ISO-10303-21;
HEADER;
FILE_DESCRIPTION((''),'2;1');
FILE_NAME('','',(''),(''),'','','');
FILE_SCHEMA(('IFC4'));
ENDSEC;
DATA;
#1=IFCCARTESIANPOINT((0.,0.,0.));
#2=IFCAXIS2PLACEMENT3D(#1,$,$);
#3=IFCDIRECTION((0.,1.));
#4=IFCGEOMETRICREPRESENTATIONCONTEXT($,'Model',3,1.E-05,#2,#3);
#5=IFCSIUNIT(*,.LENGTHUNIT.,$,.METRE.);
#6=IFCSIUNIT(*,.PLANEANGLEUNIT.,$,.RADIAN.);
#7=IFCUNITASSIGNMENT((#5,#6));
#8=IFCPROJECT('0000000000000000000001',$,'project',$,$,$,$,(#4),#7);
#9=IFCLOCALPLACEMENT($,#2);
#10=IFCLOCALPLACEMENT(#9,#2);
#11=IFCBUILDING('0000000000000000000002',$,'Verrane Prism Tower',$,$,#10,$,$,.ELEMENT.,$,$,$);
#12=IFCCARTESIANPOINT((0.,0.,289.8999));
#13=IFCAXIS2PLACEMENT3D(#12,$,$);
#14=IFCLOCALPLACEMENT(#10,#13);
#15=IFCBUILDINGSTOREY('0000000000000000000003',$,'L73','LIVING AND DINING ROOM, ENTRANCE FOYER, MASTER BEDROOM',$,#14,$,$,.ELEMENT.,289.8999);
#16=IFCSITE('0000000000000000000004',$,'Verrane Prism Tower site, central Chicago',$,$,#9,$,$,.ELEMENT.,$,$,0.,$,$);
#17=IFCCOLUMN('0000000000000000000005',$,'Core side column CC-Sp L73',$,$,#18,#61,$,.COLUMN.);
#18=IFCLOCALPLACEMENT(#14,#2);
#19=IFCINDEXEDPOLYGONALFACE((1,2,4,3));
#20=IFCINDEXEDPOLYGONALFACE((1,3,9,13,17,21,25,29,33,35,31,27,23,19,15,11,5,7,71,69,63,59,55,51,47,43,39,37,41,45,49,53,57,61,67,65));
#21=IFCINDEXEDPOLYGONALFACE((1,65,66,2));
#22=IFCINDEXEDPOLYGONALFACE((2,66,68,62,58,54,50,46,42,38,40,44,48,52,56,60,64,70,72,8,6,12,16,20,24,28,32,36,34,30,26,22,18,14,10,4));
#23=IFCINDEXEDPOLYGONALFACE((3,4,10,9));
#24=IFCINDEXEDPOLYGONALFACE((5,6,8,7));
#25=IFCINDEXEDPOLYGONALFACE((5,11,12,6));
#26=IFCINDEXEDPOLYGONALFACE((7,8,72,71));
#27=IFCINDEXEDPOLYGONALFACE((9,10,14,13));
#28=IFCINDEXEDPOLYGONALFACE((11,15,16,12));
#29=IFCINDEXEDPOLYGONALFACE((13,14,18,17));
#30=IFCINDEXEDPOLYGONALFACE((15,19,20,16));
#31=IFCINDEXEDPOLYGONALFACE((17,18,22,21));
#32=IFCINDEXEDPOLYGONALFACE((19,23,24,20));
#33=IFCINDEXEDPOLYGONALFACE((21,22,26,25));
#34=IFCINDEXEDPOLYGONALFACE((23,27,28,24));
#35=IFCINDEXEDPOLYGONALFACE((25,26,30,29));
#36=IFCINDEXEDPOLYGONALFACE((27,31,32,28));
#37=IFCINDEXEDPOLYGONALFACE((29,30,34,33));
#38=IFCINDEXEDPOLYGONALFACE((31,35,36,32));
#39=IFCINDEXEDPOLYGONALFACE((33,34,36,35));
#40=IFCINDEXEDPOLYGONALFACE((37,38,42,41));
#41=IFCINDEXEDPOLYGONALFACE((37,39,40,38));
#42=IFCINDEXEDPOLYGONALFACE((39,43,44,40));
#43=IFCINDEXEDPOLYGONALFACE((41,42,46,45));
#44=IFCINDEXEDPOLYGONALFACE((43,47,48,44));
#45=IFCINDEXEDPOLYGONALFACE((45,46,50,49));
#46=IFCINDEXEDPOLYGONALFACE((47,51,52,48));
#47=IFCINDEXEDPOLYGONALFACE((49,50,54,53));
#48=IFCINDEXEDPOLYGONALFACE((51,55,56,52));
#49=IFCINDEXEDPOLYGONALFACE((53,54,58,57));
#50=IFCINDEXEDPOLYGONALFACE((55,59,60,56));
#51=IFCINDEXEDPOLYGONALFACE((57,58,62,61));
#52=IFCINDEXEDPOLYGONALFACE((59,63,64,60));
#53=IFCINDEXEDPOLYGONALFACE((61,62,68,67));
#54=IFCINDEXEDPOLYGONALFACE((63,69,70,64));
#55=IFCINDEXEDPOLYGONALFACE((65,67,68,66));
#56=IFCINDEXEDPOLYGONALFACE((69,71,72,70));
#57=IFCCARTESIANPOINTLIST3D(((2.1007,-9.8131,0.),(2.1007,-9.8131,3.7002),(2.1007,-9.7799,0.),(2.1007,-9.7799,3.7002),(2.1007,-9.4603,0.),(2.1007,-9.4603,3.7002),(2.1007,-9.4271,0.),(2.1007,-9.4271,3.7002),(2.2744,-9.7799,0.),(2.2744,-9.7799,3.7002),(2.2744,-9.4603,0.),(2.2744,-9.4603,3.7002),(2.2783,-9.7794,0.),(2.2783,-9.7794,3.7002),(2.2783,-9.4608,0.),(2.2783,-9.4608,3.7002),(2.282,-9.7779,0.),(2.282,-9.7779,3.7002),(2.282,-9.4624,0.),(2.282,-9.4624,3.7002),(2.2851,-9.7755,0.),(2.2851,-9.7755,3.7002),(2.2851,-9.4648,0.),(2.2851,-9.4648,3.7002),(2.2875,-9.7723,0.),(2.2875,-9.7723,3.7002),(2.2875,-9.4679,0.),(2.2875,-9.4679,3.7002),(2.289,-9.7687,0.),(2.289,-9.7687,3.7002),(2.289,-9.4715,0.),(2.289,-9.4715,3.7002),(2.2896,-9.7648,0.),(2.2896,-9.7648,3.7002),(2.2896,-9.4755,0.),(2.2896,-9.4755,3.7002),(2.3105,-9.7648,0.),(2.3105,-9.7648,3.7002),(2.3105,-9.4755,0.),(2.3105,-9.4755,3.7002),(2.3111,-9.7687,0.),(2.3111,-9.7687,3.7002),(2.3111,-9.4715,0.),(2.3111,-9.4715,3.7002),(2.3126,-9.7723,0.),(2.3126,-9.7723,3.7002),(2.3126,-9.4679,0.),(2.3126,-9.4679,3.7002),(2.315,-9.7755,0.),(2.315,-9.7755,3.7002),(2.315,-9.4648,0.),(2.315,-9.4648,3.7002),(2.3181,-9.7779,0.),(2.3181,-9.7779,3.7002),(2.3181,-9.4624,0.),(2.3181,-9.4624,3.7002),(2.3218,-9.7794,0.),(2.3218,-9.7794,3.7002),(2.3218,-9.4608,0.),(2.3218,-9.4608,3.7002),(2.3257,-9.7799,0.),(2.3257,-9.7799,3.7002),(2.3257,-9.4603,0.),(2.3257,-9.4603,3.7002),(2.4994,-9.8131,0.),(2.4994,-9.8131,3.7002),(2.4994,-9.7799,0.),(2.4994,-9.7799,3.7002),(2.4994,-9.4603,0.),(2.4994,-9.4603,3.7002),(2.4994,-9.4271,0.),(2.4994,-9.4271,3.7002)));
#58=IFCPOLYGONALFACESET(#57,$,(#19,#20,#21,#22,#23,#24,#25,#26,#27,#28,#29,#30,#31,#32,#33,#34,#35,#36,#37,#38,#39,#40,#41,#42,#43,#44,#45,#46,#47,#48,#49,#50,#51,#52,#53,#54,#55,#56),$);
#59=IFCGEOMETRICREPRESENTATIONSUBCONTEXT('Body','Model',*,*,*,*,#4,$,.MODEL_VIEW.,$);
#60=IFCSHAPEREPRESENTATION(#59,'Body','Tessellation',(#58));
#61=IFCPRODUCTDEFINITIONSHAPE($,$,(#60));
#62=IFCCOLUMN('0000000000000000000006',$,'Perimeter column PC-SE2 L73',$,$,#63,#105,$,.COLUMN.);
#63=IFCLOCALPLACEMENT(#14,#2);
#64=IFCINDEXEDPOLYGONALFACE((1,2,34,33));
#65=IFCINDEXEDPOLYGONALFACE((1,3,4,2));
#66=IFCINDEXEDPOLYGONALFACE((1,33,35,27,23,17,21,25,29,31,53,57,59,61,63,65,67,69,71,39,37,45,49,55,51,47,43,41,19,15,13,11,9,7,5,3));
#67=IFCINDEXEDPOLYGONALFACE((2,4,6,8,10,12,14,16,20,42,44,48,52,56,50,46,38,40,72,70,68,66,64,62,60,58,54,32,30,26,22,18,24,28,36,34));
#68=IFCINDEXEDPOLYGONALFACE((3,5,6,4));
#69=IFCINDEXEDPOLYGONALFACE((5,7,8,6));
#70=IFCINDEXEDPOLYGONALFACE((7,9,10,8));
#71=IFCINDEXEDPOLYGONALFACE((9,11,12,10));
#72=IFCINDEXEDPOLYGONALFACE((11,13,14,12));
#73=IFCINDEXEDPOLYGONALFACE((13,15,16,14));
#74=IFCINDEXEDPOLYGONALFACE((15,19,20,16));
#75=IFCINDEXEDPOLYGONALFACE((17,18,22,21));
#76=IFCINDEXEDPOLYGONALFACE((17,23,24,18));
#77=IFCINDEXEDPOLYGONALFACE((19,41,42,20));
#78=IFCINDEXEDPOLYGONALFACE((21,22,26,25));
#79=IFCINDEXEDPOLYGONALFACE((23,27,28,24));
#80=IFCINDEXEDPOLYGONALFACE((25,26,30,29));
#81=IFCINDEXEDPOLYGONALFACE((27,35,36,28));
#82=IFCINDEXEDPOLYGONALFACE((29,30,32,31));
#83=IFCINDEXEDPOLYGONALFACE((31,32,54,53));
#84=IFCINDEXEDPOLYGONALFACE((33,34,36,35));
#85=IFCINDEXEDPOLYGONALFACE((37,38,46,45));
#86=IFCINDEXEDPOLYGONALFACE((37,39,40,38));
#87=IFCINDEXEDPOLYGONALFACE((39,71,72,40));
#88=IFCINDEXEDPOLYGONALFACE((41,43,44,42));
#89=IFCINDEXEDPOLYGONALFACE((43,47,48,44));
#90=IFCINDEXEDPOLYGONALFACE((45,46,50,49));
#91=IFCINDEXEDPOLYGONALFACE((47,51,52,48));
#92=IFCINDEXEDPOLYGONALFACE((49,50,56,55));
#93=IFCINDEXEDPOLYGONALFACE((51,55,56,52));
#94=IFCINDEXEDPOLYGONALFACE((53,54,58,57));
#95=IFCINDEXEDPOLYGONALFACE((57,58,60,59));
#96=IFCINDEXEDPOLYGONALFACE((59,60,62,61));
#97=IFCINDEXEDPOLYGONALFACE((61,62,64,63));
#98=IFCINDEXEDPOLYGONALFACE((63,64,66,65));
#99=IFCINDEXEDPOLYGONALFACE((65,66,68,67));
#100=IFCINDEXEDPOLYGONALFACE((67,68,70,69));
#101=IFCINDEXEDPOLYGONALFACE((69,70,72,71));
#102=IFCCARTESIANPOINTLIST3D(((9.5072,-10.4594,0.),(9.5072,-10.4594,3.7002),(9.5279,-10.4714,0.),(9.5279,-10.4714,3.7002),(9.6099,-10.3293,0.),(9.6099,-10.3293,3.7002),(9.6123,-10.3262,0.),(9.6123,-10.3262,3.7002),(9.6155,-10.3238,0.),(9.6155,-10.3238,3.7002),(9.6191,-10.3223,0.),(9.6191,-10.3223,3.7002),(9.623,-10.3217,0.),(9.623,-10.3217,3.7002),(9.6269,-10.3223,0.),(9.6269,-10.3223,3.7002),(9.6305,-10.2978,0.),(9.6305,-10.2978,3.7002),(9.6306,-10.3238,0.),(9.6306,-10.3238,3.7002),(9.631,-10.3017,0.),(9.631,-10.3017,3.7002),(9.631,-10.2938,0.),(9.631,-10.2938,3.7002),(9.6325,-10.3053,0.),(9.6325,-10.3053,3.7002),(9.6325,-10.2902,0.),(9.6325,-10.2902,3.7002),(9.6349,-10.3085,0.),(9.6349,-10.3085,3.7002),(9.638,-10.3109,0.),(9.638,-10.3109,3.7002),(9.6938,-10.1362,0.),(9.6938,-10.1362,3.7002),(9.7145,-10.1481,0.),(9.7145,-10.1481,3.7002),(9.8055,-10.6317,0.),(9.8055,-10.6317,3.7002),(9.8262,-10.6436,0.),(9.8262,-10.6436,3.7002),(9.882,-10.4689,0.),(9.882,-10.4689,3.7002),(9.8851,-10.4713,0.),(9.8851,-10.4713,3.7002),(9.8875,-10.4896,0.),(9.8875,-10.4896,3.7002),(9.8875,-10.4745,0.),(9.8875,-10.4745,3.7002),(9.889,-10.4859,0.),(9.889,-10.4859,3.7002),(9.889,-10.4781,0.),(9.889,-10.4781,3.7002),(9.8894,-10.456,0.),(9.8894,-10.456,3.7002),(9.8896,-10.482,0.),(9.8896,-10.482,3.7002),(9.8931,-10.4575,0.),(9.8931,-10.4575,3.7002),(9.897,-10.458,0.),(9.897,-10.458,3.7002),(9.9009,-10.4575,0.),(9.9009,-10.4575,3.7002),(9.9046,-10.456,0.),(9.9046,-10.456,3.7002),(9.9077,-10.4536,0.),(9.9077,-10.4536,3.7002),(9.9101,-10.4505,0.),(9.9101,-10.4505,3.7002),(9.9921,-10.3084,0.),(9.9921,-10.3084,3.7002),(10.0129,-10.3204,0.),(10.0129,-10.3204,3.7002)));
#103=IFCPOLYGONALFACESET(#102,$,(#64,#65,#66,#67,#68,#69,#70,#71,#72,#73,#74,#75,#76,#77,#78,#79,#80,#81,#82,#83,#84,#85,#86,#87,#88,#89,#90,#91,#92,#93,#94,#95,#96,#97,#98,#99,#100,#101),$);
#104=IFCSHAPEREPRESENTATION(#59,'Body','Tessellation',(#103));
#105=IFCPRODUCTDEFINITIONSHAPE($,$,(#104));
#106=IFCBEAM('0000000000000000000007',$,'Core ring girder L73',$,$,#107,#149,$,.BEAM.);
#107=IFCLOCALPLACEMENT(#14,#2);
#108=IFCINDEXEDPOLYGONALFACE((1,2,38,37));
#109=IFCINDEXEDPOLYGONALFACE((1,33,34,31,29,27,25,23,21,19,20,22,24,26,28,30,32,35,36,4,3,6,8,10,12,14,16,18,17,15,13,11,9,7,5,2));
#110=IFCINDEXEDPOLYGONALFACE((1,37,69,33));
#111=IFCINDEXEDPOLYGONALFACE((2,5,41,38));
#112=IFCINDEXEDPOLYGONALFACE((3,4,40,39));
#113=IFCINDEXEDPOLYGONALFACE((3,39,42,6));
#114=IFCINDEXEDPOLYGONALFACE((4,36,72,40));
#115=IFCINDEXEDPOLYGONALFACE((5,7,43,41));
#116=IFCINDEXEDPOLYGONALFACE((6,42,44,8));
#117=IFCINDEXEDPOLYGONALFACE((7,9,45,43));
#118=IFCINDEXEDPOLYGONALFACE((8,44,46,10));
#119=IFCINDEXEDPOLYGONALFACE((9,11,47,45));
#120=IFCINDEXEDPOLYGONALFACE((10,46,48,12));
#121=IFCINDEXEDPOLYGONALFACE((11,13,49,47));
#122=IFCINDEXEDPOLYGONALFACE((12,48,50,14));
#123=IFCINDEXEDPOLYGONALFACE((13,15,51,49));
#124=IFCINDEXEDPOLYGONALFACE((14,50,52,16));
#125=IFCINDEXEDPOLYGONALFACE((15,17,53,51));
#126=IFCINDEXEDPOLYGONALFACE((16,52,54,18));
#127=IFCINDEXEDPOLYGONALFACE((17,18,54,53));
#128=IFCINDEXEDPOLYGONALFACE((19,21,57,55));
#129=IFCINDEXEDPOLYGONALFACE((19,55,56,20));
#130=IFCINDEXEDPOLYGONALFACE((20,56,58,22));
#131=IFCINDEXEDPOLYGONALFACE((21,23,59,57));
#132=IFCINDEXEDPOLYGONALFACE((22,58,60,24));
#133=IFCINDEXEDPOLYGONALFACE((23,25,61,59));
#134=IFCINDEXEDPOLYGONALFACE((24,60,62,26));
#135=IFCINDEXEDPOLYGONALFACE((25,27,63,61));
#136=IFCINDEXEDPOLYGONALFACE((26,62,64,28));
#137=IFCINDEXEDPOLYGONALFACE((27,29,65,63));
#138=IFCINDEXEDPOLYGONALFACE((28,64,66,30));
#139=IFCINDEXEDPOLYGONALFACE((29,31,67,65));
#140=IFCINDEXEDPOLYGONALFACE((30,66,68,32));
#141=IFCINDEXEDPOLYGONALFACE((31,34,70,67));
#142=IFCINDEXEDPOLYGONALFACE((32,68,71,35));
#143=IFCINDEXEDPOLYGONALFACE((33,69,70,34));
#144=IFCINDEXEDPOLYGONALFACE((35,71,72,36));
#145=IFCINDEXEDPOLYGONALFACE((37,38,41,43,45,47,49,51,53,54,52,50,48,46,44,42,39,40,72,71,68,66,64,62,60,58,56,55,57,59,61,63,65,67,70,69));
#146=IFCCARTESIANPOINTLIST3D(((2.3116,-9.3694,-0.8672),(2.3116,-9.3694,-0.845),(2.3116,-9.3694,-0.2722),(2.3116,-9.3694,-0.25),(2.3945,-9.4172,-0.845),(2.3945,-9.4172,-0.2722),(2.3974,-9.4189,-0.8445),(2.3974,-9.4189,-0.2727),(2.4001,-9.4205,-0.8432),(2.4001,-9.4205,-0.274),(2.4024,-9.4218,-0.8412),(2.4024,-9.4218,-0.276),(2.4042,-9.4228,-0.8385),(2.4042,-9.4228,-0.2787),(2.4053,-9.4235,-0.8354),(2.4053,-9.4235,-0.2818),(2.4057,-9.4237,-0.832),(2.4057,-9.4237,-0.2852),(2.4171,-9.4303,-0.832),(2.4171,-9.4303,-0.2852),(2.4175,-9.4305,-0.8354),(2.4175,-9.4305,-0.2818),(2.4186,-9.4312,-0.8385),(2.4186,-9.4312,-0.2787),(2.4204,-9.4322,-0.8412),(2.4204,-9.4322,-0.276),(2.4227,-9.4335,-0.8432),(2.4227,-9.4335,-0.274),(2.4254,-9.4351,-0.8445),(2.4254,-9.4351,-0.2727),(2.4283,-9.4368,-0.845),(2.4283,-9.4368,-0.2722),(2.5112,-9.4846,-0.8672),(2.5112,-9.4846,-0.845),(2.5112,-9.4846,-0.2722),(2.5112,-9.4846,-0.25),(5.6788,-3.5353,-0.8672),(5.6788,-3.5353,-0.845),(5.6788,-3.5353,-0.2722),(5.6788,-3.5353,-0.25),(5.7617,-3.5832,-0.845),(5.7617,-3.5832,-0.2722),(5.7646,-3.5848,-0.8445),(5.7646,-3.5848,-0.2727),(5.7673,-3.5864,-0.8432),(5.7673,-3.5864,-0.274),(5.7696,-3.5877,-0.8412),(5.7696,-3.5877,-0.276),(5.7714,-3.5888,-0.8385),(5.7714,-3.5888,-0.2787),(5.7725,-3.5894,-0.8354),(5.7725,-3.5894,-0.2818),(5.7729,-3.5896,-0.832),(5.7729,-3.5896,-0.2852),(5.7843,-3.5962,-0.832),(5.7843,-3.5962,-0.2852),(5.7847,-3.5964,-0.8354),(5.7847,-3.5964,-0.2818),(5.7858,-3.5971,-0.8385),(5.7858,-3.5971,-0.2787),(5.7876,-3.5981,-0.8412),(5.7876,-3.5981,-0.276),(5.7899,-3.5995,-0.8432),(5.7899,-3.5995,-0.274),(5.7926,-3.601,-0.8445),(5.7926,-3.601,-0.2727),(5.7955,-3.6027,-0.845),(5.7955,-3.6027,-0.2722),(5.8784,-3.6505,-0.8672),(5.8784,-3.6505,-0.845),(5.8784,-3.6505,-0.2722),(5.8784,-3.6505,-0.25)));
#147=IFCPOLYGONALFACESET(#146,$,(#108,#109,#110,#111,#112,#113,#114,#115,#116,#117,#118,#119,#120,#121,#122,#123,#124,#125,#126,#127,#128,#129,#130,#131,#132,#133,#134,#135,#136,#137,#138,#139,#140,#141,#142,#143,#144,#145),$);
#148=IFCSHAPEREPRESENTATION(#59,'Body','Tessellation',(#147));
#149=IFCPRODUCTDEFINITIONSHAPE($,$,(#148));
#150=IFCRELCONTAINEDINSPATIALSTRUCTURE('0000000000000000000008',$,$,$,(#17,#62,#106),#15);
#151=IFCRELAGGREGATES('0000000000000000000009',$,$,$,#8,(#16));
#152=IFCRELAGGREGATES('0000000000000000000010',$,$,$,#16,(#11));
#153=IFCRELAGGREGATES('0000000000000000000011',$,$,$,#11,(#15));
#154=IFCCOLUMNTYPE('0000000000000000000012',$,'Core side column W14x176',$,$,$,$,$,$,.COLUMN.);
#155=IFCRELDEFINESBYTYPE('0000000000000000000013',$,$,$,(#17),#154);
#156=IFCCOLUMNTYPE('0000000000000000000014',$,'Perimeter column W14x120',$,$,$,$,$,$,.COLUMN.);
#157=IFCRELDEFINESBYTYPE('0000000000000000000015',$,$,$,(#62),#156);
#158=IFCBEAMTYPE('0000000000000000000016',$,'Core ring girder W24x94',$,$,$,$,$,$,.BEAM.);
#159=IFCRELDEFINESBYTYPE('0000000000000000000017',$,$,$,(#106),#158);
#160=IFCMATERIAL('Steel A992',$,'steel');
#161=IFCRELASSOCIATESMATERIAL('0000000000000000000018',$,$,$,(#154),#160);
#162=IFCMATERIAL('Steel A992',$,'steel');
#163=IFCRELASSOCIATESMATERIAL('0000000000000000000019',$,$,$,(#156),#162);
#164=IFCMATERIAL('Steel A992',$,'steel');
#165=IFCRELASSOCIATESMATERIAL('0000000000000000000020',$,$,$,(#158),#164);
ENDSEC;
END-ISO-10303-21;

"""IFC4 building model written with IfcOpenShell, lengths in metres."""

from ifc_helpers import new_model, si_unit, direction, frame, origin, origin_2d, place, context, subcontext, project, spatial, i_section, extrude, material, material_profile, profile_set, type_object, element, save


model = new_model("IFC4")

# Units and contexts
model_context = context("Model", 3, precision=1e-05, world=origin(), true_north=direction((0.0, 1.0)))
body_context = subcontext(model_context, "Body", "Model", "MODEL_VIEW")
ifc_project = project(units=[si_unit("LENGTHUNIT", "METRE"), si_unit("PLANEANGLEUNIT", "RADIAN")], contexts=[model_context])

# Site, building, storey
site_placement = place(None, origin())
site = spatial("IfcSite", under=ifc_project, at=site_placement, Name="Verrane Prism Tower site, central Chicago", CompositionType="ELEMENT", RefElevation=0.0)
building_placement = place(site_placement, origin())
building = spatial("IfcBuilding", under=site, at=building_placement, Name="Verrane Prism Tower", CompositionType="ELEMENT")
storey_placement = place(building_placement, frame((0.0, 0.0, 289.8999)))
storey = spatial("IfcBuildingStorey", under=building, at=storey_placement, Name="L73", Description="LIVING AND DINING ROOM, ENTRANCE FOYER, MASTER BEDROOM", CompositionType="ELEMENT", Elevation=289.8999)

# Columns
ifc_material_1 = material(Name="Steel A992", Category="steel")
ifc_material_profile_1 = material_profile(ifc_material_1, i_section(OverallWidth=0.3987, OverallDepth=0.386, WebThickness=0.021, FlangeThickness=0.0332, FilletRadius=0.0151, at=origin_2d()), Name="W14x176")
ifc_profile_set_1 = profile_set([ifc_material_profile_1], Name="Steel A992")
column_type_1 = type_object("IfcColumnType", Name="Core side column W14x176", PredefinedType="COLUMN", material=ifc_profile_set_1)
column_1_placement = place(storey_placement, frame((2.3, -9.6201, 0.0), z_axis=(0.0, 0.0, 1.0), x_axis=(1.0, 0.0, 0.0)))
element("IfcColumn", 1, at=column_1_placement, inside=storey, type_object=column_type_1, Name="Core side column CC-Sp L73", PredefinedType="COLUMN", context=body_context, shape_type="SweptSolid", body=[
    extrude(i_section(OverallWidth=0.3987, OverallDepth=0.386, WebThickness=0.021, FlangeThickness=0.0332, FilletRadius=0.0151, at=origin_2d()), origin(), (0.0, 0.0, 1.0), 3.7002),
])
ifc_material_2 = material(Name="Steel A992", Category="steel")
ifc_material_profile_2 = material_profile(ifc_material_2, i_section(OverallWidth=0.3733, OverallDepth=0.3684, WebThickness=0.0149, FlangeThickness=0.0239, FilletRadius=0.0151, at=origin_2d()), Name="W14x120")
ifc_profile_set_2 = profile_set([ifc_material_profile_2], Name="Steel A992")
column_type_2 = type_object("IfcColumnType", Name="Perimeter column W14x120", PredefinedType="COLUMN", material=ifc_profile_set_2)
column_2_placement = place(storey_placement, frame((9.76, -10.3899, 0.0), z_axis=(0.0, 0.0, 1.0), x_axis=(-0.5, -0.866025, 0.0)))
element("IfcColumn", 2, at=column_2_placement, inside=storey, type_object=column_type_2, Name="Perimeter column PC-SE2 L73", PredefinedType="COLUMN", context=body_context, shape_type="SweptSolid", body=[
    extrude(i_section(OverallWidth=0.3733, OverallDepth=0.3684, WebThickness=0.0149, FlangeThickness=0.0239, FilletRadius=0.0151, at=origin_2d()), origin(), (0.0, 0.0, 1.0), 3.7002),
])

# Beam
ifc_material_3 = material(Name="Steel A992", Category="steel")
ifc_material_profile_3 = material_profile(ifc_material_3, i_section(OverallWidth=0.2305, OverallDepth=0.6172, WebThickness=0.0132, FlangeThickness=0.0222, FilletRadius=0.0129, at=origin_2d()), Name="W24x94")
ifc_profile_set_3 = profile_set([ifc_material_profile_3], Name="Steel A992")
beam_type_1 = type_object("IfcBeamType", Name="Core ring girder W24x94", PredefinedType="BEAM", material=ifc_profile_set_3)
beam_1_placement = place(storey_placement, frame((2.4114, -9.427, -0.5586), z_axis=(0.499881, 0.866094, 0.0), x_axis=(-0.866094, 0.499881, 0.0)))
element("IfcBeam", 3, at=beam_1_placement, inside=storey, type_object=beam_type_1, Name="Core ring girder L73", PredefinedType="BEAM", context=body_context, shape_type="SweptSolid", body=[
    extrude(i_section(OverallWidth=0.2305, OverallDepth=0.6172, WebThickness=0.0132, FlangeThickness=0.0222, FilletRadius=0.0129, at=origin_2d()), origin(), (0.0, 0.0, 1.0), 6.7361),
])

save(model, "model.ifc")
